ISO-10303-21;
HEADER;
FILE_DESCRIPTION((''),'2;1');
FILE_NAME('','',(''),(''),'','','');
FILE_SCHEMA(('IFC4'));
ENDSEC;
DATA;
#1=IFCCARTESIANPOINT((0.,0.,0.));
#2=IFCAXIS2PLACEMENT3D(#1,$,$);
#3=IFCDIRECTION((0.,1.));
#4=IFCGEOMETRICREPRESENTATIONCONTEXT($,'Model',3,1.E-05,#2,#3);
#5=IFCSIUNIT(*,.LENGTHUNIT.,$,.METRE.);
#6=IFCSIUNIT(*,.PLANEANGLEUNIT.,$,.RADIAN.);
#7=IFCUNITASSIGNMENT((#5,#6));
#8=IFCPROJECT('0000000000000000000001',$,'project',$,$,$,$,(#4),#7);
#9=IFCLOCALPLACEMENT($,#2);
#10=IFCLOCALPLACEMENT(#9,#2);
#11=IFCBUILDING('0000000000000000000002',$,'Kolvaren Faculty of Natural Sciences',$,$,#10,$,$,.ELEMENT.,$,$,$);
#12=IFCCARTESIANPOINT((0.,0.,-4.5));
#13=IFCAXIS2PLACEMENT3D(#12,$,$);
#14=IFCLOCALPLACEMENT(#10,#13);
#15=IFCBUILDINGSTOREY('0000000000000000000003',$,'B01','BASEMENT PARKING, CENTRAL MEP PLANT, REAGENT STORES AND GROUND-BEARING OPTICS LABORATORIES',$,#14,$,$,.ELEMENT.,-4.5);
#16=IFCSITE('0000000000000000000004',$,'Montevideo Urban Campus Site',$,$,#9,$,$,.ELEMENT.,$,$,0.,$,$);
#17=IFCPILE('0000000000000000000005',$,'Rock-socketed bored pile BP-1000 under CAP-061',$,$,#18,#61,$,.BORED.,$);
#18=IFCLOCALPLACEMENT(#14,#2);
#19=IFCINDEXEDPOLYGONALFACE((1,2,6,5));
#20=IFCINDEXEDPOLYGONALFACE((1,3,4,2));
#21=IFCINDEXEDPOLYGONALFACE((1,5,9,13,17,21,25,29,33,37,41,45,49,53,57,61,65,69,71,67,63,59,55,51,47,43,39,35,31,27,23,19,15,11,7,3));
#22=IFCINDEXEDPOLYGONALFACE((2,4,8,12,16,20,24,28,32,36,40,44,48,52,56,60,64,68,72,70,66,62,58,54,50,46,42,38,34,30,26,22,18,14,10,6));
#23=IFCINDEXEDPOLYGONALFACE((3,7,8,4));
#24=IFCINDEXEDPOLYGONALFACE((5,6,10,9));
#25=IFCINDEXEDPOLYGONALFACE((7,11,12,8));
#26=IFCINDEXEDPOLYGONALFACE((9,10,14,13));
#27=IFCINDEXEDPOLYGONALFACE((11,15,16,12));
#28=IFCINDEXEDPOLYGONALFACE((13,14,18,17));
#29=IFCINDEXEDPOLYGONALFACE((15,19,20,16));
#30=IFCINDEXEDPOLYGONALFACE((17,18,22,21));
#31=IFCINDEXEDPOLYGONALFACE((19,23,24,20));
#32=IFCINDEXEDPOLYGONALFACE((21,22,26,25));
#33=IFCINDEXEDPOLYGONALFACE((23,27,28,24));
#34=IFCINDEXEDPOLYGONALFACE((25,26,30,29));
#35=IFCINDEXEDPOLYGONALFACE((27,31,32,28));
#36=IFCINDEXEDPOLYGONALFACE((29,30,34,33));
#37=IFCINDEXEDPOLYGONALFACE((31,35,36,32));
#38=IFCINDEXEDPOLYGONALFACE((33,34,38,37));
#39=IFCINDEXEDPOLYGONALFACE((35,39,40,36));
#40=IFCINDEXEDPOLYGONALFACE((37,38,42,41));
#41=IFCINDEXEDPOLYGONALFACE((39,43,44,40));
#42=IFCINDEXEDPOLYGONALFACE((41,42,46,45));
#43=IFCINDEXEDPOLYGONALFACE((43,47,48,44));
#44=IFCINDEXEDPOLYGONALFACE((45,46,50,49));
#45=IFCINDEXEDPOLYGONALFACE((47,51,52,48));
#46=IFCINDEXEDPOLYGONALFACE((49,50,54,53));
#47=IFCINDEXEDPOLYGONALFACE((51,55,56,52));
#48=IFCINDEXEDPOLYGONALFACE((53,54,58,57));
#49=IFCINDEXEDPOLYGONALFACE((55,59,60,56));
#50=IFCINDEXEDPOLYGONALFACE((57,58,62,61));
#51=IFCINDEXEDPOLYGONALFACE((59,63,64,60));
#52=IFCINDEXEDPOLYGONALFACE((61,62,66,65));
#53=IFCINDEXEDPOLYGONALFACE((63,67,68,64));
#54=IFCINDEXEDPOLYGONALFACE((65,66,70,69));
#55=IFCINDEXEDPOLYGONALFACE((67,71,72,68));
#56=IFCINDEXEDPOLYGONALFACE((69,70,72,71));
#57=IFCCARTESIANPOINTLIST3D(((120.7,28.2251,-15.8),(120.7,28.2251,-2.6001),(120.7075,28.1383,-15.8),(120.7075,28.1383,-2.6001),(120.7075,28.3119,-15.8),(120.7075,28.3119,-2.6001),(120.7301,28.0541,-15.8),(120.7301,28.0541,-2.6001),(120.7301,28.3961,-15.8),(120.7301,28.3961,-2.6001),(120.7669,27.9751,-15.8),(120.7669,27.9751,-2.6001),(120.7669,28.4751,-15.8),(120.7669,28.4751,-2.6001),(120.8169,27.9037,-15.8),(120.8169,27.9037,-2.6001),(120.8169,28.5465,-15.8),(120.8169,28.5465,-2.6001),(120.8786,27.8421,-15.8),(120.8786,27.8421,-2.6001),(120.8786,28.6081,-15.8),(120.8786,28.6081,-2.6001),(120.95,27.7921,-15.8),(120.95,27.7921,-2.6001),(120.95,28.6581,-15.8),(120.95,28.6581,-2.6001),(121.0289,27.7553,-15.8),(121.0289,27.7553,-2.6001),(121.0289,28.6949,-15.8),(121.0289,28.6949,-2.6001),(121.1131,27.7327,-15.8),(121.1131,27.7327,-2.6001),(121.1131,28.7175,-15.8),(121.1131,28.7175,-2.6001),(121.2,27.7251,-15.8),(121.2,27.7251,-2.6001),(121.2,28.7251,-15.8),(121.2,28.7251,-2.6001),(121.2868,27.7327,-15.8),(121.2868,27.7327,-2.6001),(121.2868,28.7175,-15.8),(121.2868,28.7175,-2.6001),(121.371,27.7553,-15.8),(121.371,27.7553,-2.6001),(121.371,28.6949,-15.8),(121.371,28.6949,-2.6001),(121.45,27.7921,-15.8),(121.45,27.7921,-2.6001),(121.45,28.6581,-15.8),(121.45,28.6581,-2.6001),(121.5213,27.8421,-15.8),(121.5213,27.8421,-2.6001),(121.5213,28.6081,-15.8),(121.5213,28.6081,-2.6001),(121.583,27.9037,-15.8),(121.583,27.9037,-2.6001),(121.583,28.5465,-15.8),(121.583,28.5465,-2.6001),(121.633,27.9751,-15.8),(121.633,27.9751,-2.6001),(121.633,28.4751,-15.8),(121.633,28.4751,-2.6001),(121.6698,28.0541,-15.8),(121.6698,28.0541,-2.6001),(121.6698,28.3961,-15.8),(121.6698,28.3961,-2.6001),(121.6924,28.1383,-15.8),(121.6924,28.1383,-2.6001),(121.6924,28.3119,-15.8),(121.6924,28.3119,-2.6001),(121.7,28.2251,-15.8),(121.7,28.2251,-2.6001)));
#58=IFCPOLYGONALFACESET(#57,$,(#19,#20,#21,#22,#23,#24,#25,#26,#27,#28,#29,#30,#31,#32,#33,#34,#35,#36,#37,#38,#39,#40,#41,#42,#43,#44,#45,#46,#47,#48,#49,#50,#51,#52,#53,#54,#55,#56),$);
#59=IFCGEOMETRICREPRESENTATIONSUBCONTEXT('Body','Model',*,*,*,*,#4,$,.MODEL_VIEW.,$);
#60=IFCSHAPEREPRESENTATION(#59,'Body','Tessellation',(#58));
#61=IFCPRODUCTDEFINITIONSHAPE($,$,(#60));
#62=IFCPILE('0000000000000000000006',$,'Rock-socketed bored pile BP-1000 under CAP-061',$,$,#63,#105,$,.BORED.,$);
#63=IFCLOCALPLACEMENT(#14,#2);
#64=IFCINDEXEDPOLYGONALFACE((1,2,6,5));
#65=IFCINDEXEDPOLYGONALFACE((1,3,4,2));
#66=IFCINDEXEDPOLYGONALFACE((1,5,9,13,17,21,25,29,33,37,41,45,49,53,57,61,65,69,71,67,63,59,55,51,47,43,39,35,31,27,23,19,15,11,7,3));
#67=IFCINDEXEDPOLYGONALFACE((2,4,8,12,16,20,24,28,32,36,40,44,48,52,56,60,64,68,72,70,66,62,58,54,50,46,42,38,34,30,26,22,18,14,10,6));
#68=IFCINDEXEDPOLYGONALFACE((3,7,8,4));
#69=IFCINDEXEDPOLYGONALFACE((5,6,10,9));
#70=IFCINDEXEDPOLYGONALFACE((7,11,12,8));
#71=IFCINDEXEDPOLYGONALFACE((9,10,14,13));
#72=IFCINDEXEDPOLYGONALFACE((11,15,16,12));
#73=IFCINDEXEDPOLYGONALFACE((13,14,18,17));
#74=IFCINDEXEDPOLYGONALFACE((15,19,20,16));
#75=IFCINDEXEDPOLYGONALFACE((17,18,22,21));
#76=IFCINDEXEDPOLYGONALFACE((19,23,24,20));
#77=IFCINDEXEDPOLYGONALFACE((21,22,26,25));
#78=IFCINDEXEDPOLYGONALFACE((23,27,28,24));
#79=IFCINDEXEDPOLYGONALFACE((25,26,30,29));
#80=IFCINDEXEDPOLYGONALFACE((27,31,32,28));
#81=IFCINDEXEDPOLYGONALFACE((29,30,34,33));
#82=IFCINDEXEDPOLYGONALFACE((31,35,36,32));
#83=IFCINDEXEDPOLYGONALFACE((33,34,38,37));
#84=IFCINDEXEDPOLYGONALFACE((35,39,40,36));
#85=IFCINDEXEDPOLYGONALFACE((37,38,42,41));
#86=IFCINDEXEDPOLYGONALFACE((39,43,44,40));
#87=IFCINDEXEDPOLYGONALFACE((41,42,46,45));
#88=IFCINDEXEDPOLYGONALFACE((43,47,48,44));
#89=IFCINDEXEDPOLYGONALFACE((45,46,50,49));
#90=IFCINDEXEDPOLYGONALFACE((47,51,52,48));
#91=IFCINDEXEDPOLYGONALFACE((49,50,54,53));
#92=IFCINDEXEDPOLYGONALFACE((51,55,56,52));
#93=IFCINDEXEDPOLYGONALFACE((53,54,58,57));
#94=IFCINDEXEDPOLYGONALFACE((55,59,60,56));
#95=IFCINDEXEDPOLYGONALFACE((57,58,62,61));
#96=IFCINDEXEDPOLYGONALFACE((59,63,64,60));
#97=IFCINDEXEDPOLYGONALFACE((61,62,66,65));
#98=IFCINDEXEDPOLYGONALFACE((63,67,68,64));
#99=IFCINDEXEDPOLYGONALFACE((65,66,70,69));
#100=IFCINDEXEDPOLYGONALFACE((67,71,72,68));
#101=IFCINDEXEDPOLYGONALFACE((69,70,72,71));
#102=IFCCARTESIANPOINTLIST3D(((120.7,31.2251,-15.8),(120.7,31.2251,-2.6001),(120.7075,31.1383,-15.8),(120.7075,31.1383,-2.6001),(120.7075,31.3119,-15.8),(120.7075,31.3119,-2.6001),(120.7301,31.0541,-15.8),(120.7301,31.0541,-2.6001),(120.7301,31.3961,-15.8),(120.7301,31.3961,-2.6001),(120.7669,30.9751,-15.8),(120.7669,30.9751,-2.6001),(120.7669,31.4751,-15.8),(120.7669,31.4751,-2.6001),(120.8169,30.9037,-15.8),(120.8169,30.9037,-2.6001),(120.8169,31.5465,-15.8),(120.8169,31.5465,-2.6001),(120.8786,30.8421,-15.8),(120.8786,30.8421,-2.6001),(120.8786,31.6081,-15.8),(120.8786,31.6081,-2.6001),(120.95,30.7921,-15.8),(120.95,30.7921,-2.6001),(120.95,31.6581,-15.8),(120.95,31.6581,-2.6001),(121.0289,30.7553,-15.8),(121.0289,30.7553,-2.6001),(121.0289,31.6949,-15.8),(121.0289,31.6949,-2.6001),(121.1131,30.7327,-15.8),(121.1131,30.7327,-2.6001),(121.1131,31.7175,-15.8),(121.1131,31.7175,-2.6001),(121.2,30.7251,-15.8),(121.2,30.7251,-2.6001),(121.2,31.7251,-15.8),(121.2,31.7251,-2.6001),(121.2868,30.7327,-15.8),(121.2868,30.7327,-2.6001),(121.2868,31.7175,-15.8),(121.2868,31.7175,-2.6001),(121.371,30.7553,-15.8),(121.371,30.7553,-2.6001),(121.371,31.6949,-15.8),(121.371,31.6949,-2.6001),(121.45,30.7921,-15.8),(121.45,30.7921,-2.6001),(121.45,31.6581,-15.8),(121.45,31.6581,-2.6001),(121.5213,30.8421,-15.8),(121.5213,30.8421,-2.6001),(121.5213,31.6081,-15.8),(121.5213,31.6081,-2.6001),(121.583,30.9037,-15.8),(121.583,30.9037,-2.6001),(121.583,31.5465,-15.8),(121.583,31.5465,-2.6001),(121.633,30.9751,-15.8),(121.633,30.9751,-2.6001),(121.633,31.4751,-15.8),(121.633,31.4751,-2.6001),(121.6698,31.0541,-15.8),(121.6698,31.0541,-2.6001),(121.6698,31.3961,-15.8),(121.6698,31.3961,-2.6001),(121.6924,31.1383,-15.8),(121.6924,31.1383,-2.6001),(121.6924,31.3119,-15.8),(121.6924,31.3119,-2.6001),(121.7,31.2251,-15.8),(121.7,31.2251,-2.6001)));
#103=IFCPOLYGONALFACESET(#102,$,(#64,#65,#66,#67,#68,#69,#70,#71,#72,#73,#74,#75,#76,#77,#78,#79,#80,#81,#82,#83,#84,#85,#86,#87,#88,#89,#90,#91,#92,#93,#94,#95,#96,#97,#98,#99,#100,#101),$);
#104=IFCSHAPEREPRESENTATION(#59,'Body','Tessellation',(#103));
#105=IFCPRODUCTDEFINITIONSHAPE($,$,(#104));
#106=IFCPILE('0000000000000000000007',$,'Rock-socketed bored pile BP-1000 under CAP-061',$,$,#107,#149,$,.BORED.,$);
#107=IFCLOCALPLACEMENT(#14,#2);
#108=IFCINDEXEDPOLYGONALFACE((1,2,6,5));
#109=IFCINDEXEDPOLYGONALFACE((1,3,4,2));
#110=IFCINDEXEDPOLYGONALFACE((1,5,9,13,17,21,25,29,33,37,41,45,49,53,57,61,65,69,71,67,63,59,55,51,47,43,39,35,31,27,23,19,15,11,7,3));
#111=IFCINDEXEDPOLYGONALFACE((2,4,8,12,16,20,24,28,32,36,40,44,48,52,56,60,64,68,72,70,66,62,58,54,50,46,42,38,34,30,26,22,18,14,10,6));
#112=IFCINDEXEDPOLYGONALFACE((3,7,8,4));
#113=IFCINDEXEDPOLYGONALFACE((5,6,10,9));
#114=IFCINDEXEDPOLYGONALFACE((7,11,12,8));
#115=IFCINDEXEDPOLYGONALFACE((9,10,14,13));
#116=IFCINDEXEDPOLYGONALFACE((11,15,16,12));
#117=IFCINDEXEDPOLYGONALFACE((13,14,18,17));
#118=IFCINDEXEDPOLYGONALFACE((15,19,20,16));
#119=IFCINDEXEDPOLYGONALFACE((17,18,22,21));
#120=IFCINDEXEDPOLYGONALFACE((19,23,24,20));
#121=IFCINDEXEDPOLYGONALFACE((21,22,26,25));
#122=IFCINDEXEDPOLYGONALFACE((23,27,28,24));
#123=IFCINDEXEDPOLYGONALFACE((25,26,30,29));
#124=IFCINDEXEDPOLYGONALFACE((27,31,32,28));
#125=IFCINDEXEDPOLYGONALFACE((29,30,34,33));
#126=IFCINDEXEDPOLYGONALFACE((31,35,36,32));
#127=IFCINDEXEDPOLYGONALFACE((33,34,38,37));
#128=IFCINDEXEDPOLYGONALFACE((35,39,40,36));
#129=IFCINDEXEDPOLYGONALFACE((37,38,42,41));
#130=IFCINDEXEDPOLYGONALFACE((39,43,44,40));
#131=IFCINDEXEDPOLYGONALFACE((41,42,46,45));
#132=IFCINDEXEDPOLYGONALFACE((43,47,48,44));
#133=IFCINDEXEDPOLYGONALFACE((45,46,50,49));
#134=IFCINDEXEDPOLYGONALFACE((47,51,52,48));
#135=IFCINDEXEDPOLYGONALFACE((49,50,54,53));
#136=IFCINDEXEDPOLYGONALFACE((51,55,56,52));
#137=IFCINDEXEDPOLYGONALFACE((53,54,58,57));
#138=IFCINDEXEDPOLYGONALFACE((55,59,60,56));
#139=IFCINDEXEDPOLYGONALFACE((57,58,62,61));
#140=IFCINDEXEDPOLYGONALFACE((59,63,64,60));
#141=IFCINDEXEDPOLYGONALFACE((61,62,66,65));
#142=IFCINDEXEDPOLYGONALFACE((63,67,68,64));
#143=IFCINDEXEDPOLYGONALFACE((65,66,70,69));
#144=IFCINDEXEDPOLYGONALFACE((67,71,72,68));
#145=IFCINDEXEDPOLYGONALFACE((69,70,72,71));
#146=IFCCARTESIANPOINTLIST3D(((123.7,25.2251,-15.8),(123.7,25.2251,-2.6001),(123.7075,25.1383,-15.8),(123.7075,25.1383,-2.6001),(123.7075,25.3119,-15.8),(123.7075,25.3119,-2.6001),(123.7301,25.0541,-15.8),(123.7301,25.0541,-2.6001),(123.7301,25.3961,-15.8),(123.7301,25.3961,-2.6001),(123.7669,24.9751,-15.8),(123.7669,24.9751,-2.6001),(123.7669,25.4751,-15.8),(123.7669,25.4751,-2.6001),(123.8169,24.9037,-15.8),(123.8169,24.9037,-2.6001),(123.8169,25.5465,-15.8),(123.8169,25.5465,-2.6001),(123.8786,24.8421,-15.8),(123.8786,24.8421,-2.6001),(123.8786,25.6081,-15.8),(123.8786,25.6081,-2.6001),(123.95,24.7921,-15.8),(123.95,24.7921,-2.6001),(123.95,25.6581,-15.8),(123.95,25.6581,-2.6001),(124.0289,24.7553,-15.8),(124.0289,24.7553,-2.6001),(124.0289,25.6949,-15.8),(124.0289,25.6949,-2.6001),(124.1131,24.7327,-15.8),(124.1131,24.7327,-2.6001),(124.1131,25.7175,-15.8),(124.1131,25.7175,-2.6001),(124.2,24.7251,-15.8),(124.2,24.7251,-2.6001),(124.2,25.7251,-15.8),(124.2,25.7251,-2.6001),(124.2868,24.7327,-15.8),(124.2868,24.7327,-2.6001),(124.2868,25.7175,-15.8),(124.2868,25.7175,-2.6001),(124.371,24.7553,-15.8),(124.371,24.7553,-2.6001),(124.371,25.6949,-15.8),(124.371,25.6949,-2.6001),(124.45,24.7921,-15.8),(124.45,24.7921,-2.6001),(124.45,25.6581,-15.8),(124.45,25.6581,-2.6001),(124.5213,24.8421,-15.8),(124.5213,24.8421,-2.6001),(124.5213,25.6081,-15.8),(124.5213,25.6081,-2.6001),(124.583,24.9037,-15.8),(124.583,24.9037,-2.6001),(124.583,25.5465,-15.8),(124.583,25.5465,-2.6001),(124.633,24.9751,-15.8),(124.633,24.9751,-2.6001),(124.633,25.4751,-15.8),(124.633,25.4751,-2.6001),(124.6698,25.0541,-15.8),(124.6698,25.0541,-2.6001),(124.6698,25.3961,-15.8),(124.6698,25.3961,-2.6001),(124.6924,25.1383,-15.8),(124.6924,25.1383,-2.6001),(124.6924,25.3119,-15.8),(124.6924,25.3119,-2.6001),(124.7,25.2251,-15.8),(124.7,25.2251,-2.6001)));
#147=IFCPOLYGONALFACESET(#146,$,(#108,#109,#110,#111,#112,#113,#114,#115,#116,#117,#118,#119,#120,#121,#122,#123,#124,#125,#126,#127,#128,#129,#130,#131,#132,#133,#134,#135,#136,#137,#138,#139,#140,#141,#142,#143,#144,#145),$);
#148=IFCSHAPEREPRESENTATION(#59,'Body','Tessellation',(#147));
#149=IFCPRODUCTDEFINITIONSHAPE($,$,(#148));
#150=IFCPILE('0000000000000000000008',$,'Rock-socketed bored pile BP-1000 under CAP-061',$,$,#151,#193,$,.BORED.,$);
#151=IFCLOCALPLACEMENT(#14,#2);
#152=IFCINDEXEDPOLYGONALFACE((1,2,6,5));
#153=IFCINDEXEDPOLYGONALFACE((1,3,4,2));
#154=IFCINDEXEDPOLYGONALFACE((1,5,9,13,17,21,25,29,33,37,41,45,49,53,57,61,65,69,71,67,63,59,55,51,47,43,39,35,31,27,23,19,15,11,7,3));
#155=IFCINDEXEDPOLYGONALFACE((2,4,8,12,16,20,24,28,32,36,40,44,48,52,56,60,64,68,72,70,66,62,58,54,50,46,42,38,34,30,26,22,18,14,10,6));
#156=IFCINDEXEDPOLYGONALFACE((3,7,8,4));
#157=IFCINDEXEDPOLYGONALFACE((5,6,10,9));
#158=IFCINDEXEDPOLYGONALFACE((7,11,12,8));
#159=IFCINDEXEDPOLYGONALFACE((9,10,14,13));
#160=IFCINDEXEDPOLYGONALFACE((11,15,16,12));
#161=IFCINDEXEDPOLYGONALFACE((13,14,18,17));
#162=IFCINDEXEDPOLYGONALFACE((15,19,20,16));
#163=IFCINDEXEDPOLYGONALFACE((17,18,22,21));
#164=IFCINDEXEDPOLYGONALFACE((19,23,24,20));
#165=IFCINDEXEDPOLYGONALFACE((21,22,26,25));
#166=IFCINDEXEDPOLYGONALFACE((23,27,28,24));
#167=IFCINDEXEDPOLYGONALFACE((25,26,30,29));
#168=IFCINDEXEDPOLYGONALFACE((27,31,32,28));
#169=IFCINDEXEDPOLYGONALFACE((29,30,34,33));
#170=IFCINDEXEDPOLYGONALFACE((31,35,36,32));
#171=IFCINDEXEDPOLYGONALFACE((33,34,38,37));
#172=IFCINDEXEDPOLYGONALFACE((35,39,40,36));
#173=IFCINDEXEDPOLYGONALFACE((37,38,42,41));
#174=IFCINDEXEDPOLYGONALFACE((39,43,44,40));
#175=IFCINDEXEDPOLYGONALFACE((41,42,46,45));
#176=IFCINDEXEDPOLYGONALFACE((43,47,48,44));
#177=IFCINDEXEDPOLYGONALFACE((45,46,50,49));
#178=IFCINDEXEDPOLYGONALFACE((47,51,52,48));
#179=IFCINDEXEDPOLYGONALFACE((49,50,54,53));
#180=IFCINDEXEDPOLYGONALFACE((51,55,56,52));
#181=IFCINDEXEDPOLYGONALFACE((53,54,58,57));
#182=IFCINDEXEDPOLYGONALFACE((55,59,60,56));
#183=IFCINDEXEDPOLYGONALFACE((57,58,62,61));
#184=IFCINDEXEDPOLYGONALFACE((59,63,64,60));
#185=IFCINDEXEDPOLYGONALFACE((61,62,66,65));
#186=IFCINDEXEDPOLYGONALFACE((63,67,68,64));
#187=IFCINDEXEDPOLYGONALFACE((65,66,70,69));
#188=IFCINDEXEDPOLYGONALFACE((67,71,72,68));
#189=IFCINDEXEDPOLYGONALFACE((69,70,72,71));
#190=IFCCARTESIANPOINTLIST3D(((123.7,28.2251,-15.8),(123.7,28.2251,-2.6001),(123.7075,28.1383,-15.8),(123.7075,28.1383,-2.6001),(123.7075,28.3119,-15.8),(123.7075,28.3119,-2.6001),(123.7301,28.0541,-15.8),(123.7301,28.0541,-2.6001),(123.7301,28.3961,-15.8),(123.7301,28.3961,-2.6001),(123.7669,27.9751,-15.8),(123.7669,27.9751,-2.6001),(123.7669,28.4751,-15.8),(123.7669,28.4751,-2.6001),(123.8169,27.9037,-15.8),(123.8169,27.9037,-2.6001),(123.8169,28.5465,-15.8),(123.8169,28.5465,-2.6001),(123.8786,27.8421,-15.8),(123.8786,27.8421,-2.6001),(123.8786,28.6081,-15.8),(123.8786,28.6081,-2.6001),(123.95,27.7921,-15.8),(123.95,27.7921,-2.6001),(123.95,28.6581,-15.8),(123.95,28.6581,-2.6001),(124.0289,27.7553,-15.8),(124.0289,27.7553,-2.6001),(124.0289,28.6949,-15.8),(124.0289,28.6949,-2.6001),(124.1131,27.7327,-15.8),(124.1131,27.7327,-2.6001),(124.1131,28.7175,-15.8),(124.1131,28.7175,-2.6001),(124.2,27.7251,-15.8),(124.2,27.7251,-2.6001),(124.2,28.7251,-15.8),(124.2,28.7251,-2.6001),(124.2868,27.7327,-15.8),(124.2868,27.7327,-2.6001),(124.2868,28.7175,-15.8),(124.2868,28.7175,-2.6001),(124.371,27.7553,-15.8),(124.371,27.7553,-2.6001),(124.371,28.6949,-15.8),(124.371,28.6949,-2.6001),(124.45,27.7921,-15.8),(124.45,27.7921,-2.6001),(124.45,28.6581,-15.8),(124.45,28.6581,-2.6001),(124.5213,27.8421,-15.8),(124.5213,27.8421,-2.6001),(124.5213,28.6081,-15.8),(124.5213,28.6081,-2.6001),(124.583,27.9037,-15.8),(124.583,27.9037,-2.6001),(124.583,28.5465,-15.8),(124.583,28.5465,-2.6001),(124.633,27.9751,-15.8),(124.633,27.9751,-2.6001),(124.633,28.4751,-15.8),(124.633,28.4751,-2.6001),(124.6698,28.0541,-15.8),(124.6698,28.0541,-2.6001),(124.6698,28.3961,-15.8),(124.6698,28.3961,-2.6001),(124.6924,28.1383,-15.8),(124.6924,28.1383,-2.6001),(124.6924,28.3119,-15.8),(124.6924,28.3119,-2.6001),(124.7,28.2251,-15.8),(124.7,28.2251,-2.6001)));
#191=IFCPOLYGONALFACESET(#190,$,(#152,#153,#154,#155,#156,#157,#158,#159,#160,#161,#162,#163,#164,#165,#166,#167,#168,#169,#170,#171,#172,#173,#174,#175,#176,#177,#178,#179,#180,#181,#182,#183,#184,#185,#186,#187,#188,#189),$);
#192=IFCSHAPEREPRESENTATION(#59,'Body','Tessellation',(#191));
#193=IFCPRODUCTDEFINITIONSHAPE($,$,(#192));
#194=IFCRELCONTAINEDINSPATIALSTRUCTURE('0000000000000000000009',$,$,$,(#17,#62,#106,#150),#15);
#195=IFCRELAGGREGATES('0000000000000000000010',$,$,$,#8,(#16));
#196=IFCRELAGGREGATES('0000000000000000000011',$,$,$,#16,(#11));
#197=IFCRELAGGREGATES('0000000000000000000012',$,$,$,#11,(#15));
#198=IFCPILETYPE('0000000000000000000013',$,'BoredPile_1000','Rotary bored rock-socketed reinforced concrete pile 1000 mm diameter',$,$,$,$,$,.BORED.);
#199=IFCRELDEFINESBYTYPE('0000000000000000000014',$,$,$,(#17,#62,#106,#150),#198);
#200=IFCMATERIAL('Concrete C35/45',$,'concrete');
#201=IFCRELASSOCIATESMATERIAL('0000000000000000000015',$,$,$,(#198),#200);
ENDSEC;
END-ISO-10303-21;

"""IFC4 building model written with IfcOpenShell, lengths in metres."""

from ifc_helpers import new_model, si_unit, direction, frame, origin, origin_2d, place, context, subcontext, project, spatial, circle, extrude, material, material_profile, profile_set, type_object, element, save


model = new_model("IFC4")

# Units and contexts
model_context = context("Model", 3, precision=1e-05, world=origin(), true_north=direction((0.0, 1.0)))
body_context = subcontext(model_context, "Body", "Model", "MODEL_VIEW")
ifc_project = project(units=[si_unit("LENGTHUNIT", "METRE"), si_unit("PLANEANGLEUNIT", "RADIAN")], contexts=[model_context])

# Site, building, storey
site_placement = place(None, origin())
site = spatial("IfcSite", under=ifc_project, at=site_placement, Name="Montevideo Urban Campus Site", CompositionType="ELEMENT", RefElevation=0.0)
building_placement = place(site_placement, origin())
building = spatial("IfcBuilding", under=site, at=building_placement, Name="Kolvaren Faculty of Natural Sciences", CompositionType="ELEMENT")
storey_placement = place(building_placement, frame((0.0, 0.0, -4.5)))
storey = spatial("IfcBuildingStorey", under=building, at=storey_placement, Name="B01", Description="BASEMENT PARKING, CENTRAL MEP PLANT, REAGENT STORES AND GROUND-BEARING OPTICS LABORATORIES", CompositionType="ELEMENT", Elevation=-4.5)

# Piles
ifc_material_1 = material(Name="Concrete C35/45", Category="concrete")
ifc_material_profile_1 = material_profile(ifc_material_1, circle(Radius=0.5, at=origin_2d()), Name="PILE D1000")
ifc_profile_set_1 = profile_set([ifc_material_profile_1], Name="Concrete C35/45")
pile_type = type_object("IfcPileType", Name="BoredPile_1000", Description="Rotary bored rock-socketed reinforced concrete pile 1000 mm diameter", PredefinedType="BORED", material=ifc_profile_set_1)
for number, where, z_axis, x_axis, name in (
    (1, (121.2, 28.2251, -2.6001), (0.0, 0.0, -1.0), (1.0, 0.0, 0.0), "Rock-socketed bored pile BP-1000 under CAP-061"),
    (2, (121.2, 31.2251, -2.6001), (0.0, 0.0, -1.0), (1.0, 0.0, 0.0), "Rock-socketed bored pile BP-1000 under CAP-061"),
    (3, (124.2, 25.2251, -2.6001), (0.0, 0.0, -1.0), (1.0, 0.0, 0.0), "Rock-socketed bored pile BP-1000 under CAP-061"),
    (4, (124.2, 28.2251, -2.6001), (0.0, 0.0, -1.0), (1.0, 0.0, 0.0), "Rock-socketed bored pile BP-1000 under CAP-061"),
):
    element("IfcPile", number, at=place(storey_placement, frame(where, z_axis=z_axis, x_axis=x_axis)), inside=storey, type_object=pile_type, Name=name, PredefinedType="BORED", context=body_context, shape_type="SweptSolid", body=[
        extrude(circle(Radius=0.5, at=origin_2d()), origin(), (0.0, 0.0, 1.0), 13.2),
    ])

save(model, "model.ifc")
